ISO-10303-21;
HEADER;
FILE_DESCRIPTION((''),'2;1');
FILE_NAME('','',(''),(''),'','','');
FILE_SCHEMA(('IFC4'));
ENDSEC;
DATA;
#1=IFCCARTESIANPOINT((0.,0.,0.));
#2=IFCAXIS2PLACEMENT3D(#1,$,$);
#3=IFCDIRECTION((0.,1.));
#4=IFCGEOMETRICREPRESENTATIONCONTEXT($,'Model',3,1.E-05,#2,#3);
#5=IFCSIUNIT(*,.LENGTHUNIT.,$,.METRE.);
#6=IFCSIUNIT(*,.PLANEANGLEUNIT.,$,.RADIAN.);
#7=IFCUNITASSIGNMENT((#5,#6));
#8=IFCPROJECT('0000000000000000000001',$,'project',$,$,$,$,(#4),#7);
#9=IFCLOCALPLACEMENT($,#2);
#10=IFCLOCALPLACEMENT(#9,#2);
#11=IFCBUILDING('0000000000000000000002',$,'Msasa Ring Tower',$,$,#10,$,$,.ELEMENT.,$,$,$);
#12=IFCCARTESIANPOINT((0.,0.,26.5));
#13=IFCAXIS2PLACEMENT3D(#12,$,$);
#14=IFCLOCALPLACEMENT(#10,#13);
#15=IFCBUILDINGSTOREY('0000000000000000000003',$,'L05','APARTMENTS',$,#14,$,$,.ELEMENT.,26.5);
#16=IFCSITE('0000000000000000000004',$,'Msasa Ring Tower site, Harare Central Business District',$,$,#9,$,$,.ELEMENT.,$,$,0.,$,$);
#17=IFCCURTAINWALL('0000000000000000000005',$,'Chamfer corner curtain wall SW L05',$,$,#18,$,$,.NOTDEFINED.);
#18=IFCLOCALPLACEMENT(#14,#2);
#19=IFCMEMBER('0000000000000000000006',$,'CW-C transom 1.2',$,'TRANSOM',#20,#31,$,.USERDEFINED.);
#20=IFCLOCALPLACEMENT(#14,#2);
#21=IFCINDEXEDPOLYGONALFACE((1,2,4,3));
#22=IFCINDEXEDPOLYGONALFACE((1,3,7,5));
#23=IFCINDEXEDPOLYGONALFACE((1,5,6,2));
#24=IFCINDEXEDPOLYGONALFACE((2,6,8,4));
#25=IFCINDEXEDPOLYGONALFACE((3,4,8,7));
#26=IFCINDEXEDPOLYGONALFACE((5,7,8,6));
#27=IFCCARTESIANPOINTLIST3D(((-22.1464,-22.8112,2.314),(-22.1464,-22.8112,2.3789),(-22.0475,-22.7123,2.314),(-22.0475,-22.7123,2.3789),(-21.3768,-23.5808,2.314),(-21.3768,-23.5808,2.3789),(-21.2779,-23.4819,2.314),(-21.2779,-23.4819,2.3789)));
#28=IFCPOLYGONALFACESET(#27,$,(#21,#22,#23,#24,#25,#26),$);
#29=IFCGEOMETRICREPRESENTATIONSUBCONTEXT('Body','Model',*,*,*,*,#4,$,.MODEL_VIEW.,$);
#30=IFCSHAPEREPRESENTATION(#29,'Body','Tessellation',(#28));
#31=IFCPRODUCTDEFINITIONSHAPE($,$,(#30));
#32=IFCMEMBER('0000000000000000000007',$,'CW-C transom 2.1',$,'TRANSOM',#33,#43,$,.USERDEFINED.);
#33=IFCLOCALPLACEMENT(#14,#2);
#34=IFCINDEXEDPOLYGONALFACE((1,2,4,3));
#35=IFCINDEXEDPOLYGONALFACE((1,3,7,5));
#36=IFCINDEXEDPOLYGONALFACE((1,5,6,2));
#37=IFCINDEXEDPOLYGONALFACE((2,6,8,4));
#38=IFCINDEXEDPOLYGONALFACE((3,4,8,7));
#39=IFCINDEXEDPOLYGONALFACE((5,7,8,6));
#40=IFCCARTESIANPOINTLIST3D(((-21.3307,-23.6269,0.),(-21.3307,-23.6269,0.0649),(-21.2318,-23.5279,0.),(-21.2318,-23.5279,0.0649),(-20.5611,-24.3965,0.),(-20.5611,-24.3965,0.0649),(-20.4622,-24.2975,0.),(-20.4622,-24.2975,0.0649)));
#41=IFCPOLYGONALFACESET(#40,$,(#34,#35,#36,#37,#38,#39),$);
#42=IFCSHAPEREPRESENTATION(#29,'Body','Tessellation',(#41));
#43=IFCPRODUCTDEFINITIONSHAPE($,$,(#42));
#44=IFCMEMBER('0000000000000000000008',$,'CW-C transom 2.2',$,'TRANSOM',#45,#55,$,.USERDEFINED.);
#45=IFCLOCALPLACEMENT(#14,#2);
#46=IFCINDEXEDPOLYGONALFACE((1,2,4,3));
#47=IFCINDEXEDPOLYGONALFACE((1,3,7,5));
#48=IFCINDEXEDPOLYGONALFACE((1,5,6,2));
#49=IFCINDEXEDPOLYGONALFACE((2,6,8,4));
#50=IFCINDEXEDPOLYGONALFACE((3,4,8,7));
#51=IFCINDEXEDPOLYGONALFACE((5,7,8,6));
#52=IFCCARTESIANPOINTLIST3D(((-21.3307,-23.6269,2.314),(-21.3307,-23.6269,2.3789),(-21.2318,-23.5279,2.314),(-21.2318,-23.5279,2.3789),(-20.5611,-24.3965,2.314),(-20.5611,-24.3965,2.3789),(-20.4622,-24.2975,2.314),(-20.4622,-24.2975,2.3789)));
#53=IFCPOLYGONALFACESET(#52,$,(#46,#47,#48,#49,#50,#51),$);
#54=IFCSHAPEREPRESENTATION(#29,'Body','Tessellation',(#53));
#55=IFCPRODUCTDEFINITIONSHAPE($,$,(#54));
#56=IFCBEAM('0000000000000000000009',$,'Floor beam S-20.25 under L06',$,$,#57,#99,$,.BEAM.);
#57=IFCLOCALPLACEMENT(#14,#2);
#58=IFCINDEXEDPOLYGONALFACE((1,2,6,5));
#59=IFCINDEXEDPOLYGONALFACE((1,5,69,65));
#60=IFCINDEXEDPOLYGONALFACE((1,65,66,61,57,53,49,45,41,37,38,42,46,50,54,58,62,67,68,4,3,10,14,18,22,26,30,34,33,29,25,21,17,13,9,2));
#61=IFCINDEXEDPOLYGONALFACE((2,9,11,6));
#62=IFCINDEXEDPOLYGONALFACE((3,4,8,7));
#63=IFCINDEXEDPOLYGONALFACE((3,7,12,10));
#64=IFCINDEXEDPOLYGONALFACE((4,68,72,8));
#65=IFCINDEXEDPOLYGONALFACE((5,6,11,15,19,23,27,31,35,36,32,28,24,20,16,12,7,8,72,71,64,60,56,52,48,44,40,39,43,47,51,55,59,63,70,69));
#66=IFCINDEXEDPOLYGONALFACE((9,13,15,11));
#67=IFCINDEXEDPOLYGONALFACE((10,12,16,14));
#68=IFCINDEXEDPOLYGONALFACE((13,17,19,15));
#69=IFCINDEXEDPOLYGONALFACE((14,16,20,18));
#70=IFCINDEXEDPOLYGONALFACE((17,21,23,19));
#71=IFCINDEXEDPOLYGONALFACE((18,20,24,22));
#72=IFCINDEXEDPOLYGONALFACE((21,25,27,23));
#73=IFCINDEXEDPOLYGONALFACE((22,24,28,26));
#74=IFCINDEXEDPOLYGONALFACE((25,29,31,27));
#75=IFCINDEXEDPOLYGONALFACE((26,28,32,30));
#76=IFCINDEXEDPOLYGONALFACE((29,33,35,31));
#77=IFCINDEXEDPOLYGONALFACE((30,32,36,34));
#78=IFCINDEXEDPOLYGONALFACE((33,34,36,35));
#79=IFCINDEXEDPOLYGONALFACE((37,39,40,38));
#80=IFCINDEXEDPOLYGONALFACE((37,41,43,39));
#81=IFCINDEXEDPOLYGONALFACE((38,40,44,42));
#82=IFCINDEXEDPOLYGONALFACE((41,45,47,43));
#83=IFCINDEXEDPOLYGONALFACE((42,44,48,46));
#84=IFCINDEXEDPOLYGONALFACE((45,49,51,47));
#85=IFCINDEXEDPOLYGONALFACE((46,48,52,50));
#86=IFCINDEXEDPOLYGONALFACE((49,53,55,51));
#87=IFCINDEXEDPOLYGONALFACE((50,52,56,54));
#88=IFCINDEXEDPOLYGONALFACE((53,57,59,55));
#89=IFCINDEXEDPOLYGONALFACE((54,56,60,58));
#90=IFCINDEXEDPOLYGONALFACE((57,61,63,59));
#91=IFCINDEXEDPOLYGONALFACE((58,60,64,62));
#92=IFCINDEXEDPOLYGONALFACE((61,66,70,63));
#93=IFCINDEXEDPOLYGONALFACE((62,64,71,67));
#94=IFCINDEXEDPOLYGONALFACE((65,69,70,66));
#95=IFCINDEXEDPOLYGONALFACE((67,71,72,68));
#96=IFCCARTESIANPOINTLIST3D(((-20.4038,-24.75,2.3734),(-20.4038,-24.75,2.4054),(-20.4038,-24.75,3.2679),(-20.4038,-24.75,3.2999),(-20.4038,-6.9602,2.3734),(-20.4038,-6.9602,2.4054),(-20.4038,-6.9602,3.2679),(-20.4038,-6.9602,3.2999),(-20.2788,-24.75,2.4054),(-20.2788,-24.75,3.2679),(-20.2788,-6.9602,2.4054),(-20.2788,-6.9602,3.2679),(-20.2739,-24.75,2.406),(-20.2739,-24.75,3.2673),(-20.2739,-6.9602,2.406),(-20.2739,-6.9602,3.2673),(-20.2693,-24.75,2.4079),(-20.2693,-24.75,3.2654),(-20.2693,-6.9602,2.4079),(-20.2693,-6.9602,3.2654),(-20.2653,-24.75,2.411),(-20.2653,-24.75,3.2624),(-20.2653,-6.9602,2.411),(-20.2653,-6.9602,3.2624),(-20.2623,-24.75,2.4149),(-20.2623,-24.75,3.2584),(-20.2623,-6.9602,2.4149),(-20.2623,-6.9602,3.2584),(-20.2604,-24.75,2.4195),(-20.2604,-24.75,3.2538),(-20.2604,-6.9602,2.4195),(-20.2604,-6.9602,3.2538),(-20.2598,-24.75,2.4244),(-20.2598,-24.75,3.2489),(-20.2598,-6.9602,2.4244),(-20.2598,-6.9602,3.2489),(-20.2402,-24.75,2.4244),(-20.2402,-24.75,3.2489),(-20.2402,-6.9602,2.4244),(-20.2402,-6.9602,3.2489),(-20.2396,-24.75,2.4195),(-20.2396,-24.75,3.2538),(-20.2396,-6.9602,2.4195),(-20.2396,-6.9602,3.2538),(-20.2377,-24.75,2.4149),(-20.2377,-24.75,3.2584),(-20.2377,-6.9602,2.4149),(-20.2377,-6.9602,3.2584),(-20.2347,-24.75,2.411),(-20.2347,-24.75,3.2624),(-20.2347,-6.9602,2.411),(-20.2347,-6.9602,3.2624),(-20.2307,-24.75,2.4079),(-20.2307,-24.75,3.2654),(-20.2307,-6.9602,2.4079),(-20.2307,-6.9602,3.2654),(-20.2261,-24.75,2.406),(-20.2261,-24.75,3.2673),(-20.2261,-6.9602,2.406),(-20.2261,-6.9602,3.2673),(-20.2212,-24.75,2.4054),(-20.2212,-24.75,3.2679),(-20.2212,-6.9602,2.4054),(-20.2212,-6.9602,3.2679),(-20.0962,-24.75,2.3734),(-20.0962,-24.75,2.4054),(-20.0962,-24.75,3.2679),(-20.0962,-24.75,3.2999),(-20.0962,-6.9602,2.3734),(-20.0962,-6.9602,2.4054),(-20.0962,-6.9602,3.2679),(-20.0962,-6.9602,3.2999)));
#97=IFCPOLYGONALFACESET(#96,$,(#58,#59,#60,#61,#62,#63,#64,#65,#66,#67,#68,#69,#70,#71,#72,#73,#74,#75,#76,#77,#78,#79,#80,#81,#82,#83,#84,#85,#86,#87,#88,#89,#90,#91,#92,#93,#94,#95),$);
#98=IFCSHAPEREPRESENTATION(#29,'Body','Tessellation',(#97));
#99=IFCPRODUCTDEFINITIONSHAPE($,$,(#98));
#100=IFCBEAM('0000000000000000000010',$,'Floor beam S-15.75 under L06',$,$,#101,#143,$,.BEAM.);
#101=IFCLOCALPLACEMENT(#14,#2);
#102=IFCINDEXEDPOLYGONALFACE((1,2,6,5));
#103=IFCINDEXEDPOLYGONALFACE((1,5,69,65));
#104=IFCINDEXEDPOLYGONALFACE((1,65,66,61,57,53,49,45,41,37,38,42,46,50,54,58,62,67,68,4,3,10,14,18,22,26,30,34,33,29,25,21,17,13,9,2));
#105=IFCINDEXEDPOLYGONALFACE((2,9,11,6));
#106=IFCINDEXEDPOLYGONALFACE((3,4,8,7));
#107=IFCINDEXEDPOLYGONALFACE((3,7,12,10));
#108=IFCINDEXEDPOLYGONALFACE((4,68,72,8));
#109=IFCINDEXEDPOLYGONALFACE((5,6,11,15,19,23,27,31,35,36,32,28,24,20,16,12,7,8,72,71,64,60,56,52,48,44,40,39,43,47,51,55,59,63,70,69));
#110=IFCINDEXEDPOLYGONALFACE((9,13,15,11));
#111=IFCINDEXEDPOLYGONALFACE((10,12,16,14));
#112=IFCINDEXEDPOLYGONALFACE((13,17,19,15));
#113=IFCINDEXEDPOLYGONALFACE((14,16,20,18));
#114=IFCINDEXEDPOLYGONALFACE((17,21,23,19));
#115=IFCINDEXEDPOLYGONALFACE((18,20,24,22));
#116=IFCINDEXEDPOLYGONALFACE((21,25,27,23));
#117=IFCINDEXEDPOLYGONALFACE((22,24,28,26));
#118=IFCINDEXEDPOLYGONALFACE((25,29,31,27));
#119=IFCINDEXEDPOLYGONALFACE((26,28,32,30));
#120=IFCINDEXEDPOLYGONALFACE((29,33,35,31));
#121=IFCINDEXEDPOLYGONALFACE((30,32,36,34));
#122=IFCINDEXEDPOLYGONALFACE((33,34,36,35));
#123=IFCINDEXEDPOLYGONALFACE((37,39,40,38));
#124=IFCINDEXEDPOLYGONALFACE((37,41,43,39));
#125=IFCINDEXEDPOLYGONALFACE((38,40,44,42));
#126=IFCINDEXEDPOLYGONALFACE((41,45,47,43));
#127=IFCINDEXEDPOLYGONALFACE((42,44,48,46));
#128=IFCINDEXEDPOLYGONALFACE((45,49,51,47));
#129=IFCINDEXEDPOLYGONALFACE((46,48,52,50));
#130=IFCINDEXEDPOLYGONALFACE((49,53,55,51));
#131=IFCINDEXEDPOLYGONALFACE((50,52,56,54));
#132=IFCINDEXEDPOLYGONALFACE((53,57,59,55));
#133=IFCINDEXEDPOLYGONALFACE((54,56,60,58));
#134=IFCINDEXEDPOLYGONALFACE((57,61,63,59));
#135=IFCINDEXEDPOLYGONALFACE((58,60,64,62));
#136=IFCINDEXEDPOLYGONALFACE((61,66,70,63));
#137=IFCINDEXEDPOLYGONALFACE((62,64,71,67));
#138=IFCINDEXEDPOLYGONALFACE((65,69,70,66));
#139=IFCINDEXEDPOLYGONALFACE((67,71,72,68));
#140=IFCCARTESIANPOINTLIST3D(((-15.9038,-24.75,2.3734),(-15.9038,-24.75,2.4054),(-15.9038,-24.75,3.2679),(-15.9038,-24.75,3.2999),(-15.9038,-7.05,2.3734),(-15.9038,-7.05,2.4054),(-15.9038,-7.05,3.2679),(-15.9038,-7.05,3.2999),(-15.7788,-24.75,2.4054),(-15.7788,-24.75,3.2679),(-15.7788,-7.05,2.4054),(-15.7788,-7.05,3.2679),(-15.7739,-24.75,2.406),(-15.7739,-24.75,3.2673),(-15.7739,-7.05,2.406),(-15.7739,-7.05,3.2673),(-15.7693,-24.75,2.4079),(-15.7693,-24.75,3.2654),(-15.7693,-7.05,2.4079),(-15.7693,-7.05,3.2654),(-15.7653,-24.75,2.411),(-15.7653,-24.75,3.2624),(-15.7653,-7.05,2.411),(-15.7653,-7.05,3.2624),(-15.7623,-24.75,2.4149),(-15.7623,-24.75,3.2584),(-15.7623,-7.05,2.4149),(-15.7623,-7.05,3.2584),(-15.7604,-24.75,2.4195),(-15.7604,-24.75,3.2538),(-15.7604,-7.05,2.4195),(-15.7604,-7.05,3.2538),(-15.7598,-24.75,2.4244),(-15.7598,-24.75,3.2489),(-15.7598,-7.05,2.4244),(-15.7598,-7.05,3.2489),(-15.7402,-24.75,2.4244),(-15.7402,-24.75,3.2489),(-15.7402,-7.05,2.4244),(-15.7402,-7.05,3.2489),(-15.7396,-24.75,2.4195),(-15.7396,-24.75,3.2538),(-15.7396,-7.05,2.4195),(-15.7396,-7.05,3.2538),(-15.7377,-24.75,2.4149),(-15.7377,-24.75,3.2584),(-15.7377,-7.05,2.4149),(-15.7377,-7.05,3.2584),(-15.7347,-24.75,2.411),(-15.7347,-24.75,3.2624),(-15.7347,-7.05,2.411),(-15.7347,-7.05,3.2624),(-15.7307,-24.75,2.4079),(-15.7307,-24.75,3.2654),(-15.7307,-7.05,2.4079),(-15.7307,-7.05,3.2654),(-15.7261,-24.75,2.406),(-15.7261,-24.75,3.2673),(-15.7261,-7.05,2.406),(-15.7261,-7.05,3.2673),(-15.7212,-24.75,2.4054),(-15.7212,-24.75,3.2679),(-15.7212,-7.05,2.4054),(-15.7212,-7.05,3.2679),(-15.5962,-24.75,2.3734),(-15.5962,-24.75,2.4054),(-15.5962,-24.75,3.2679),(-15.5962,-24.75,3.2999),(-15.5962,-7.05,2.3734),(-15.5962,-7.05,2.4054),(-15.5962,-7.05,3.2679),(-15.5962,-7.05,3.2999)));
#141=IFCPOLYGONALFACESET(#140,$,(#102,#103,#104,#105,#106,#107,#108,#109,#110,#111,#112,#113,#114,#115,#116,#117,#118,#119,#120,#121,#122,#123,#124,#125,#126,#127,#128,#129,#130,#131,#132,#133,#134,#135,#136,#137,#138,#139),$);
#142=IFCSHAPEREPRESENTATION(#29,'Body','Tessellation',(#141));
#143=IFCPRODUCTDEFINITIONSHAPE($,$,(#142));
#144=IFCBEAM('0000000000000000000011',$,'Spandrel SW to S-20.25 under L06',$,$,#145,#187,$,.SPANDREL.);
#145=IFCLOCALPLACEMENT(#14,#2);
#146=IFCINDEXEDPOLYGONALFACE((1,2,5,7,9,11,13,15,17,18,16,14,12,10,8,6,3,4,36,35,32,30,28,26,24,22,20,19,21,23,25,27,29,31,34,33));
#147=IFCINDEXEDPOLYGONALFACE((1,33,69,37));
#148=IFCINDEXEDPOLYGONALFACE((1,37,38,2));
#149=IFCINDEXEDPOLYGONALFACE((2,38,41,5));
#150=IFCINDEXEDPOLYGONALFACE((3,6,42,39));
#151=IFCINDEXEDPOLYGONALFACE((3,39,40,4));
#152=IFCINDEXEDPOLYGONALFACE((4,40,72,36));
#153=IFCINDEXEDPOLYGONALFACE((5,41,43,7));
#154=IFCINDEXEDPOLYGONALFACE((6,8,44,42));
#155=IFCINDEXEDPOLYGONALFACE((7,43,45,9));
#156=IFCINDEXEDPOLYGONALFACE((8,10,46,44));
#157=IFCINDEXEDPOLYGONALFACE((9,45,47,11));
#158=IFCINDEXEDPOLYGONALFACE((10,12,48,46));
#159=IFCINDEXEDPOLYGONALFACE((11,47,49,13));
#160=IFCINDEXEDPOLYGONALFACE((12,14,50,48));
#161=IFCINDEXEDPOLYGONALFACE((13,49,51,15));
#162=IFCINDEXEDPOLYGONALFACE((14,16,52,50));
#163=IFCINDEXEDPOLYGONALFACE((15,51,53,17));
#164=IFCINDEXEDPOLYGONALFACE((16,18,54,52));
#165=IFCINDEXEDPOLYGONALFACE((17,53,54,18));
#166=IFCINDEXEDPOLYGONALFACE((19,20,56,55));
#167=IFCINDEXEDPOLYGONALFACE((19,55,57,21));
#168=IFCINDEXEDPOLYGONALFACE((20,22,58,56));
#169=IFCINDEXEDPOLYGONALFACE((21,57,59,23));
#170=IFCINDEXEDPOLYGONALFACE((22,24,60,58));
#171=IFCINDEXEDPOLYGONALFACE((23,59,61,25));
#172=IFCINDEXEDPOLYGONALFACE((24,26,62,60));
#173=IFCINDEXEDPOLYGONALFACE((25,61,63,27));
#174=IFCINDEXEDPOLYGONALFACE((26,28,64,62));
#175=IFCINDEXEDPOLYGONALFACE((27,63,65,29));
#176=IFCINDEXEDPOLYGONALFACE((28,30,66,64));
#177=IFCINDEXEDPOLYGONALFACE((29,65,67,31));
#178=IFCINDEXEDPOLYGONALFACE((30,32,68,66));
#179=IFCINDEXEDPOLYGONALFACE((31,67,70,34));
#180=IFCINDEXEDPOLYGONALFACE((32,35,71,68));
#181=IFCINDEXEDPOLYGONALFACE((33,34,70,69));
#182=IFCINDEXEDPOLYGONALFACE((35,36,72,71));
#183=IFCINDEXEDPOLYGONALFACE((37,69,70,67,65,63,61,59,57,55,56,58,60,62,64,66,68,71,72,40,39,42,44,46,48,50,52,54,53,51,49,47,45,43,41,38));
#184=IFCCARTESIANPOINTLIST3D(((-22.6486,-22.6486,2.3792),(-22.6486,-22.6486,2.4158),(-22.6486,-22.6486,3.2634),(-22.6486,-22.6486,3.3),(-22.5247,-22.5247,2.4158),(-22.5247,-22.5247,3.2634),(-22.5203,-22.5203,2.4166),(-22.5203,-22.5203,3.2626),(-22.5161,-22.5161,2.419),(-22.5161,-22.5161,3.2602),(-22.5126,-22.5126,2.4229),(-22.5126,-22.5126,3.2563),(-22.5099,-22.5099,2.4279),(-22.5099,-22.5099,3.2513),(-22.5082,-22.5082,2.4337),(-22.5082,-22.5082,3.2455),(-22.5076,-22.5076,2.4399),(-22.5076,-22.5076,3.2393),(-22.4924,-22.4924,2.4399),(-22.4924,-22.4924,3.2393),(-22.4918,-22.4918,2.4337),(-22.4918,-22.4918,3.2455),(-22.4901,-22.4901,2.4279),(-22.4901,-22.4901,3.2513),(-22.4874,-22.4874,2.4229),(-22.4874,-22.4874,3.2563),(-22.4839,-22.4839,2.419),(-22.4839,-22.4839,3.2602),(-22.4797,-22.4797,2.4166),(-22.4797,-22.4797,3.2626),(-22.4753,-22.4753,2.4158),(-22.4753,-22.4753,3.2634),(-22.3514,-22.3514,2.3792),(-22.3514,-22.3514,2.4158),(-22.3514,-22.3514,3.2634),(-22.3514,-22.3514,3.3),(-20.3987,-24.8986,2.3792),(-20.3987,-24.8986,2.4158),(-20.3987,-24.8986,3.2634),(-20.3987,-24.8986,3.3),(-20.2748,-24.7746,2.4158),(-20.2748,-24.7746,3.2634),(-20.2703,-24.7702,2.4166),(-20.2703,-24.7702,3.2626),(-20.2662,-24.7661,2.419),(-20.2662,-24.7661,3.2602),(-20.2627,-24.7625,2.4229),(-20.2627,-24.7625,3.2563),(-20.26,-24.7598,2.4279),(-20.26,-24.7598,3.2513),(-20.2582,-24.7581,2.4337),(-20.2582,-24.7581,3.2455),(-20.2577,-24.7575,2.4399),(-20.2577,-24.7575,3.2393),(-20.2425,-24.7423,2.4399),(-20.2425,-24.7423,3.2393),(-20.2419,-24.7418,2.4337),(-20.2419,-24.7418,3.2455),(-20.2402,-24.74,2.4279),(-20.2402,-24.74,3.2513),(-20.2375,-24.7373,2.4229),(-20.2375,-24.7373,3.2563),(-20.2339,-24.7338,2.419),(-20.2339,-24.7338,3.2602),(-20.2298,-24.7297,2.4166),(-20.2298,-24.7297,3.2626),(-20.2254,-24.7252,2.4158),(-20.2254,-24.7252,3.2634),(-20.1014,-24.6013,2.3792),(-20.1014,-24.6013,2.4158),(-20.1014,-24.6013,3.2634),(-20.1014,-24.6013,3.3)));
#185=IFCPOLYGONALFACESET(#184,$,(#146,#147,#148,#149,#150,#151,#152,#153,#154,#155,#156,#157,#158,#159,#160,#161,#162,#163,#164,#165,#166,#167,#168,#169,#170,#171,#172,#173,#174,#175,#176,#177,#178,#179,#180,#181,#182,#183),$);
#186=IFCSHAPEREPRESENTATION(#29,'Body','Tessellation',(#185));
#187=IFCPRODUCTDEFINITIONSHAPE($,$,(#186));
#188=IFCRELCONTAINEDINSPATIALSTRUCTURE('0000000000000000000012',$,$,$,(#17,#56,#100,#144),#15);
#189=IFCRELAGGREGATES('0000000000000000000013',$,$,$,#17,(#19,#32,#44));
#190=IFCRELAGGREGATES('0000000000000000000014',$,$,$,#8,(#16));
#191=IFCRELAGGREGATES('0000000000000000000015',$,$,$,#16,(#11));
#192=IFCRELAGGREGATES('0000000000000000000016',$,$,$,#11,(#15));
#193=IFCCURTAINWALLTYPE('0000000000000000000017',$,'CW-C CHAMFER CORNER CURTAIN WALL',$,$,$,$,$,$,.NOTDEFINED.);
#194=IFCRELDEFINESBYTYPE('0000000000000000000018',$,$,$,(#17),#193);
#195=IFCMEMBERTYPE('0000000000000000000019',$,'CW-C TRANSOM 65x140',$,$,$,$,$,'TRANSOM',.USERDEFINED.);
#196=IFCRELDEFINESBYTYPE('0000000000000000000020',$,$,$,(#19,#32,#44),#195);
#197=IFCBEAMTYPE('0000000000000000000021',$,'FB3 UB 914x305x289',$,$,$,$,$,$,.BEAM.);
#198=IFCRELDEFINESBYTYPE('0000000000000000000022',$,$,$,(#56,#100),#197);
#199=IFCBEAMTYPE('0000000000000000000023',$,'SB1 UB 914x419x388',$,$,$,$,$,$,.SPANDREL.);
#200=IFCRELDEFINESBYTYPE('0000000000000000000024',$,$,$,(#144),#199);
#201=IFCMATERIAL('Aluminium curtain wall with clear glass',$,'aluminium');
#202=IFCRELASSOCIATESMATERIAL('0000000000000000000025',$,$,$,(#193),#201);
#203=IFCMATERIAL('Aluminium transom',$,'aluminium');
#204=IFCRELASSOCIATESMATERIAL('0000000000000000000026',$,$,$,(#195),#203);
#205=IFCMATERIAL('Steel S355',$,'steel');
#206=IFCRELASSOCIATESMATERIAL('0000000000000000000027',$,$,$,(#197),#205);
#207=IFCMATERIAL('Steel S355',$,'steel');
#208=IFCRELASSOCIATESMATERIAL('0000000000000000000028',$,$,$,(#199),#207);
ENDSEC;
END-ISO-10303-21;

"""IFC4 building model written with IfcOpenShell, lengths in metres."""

from ifc_helpers import new_model, si_unit, direction, frame, origin, origin_2d, place, context, subcontext, project, spatial, rectangle, i_section, extrude, material, material_profile, profile_set, type_object, element, aggregate, save


model = new_model("IFC4")

# Units and contexts
model_context = context("Model", 3, precision=1e-05, world=origin(), true_north=direction((0.0, 1.0)))
body_context = subcontext(model_context, "Body", "Model", "MODEL_VIEW")
ifc_project = project(units=[si_unit("LENGTHUNIT", "METRE"), si_unit("PLANEANGLEUNIT", "RADIAN")], contexts=[model_context])

# Site, building, storey
site_placement = place(None, origin())
site = spatial("IfcSite", under=ifc_project, at=site_placement, Name="Msasa Ring Tower site, Harare Central Business District", CompositionType="ELEMENT", RefElevation=0.0)
building_placement = place(site_placement, origin())
building = spatial("IfcBuilding", under=site, at=building_placement, Name="Msasa Ring Tower", CompositionType="ELEMENT")
storey_placement = place(building_placement, frame((0.0, 0.0, 26.5)))
storey = spatial("IfcBuildingStorey", under=building, at=storey_placement, Name="L05", Description="APARTMENTS", CompositionType="ELEMENT", Elevation=26.5)

# Curtain wall
ifc_material_1 = material(Name="Aluminium curtain wall with clear glass", Category="aluminium")
curtain_wall_type = type_object("IfcCurtainWallType", Name="CW-C CHAMFER CORNER CURTAIN WALL", PredefinedType="NOTDEFINED", material=ifc_material_1)
curtain_wall_1_placement = place(storey_placement, origin())
curtain_wall_1 = element("IfcCurtainWall", 1, at=curtain_wall_1_placement, inside=storey, type_object=curtain_wall_type, Name="Chamfer corner curtain wall SW L05", PredefinedType="NOTDEFINED")

# Members
ifc_material_2 = material(Name="Aluminium transom", Category="aluminium")
ifc_material_profile_1 = material_profile(ifc_material_2, rectangle(XDim=0.1399, YDim=0.0649, at=origin_2d()), Name="AL 65x140")
ifc_profile_set_1 = profile_set([ifc_material_profile_1], Name="Aluminium transom")
member_type_1 = type_object("IfcMemberType", Name="CW-C TRANSOM 65x140", ElementType="TRANSOM", PredefinedType="USERDEFINED", material=ifc_profile_set_1)
member_1_placement = place(storey_placement, frame((-22.0969, -22.7617, 2.3464), z_axis=(0.707107, -0.707107, 0.0), x_axis=(0.707107, 0.707107, 0.0)))
member_1 = element("IfcMember", 2, at=member_1_placement, type_object=member_type_1, Name="CW-C transom 1.2", ObjectType="TRANSOM", PredefinedType="USERDEFINED", context=body_context, shape_type="SweptSolid", body=[
    extrude(rectangle(XDim=0.1399, YDim=0.0649, at=origin_2d()), origin(), (0.0, 0.0, 1.0), 1.0884),
])
member_2_placement = place(storey_placement, frame((-21.2812, -23.5774, 0.0325), z_axis=(0.707107, -0.707107, 0.0), x_axis=(0.707107, 0.707107, 0.0)))
member_2 = element("IfcMember", 3, at=member_2_placement, type_object=member_type_1, Name="CW-C transom 2.1", ObjectType="TRANSOM", PredefinedType="USERDEFINED", context=body_context, shape_type="SweptSolid", body=[
    extrude(rectangle(XDim=0.1399, YDim=0.0649, at=origin_2d()), origin(), (0.0, 0.0, 1.0), 1.0884),
])
member_3_placement = place(storey_placement, frame((-21.2812, -23.5774, 2.3464), z_axis=(0.707107, -0.707107, 0.0), x_axis=(0.707107, 0.707107, 0.0)))
member_3 = element("IfcMember", 4, at=member_3_placement, type_object=member_type_1, Name="CW-C transom 2.2", ObjectType="TRANSOM", PredefinedType="USERDEFINED", context=body_context, shape_type="SweptSolid", body=[
    extrude(rectangle(XDim=0.1399, YDim=0.0649, at=origin_2d()), origin(), (0.0, 0.0, 1.0), 1.0884),
])

# Beams
ifc_material_3 = material(Name="Steel S355", Category="steel")
ifc_material_profile_2 = material_profile(ifc_material_3, i_section(OverallWidth=0.3076, OverallDepth=0.9265, WebThickness=0.0195, FlangeThickness=0.032, FilletRadius=0.019, at=origin_2d()), Name="UB 914x305x289")
ifc_profile_set_2 = profile_set([ifc_material_profile_2], Name="Steel S355")
beam_type_1 = type_object("IfcBeamType", Name="FB3 UB 914x305x289", PredefinedType="BEAM", material=ifc_profile_set_2)
beam_1_placement = place(storey_placement, frame((-20.25, -24.75, 2.8367), z_axis=(0.0, 1.0, 0.0), x_axis=(-1.0, 0.0, 0.0)))
element("IfcBeam", 5, at=beam_1_placement, inside=storey, type_object=beam_type_1, Name="Floor beam S-20.25 under L06", PredefinedType="BEAM", context=body_context, shape_type="SweptSolid", body=[
    extrude(i_section(OverallWidth=0.3076, OverallDepth=0.9265, WebThickness=0.0195, FlangeThickness=0.032, FilletRadius=0.019, at=origin_2d()), origin(), (0.0, 0.0, 1.0), 17.7898),
])
beam_2_placement = place(storey_placement, frame((-15.75, -24.75, 2.8367), z_axis=(0.0, 1.0, 0.0), x_axis=(-1.0, 0.0, 0.0)))
element("IfcBeam", 6, at=beam_2_placement, inside=storey, type_object=beam_type_1, Name="Floor beam S-15.75 under L06", PredefinedType="BEAM", context=body_context, shape_type="SweptSolid", body=[
    extrude(i_section(OverallWidth=0.3076, OverallDepth=0.9265, WebThickness=0.0195, FlangeThickness=0.032, FilletRadius=0.019, at=origin_2d()), origin(), (0.0, 0.0, 1.0), 17.7),
])
ifc_material_4 = material(Name="Steel S355", Category="steel")
ifc_material_profile_3 = material_profile(ifc_material_4, i_section(OverallWidth=0.4204, OverallDepth=0.9209, WebThickness=0.0215, FlangeThickness=0.0366, FilletRadius=0.0242, at=origin_2d()), Name="UB 914x419x388")
ifc_profile_set_3 = profile_set([ifc_material_profile_3], Name="Steel S355")
beam_type_2 = type_object("IfcBeamType", Name="SB1 UB 914x419x388", PredefinedType="SPANDREL", material=ifc_profile_set_3)
beam_3_placement = place(storey_placement, frame((-22.5, -22.5, 2.8396), z_axis=(0.707107, -0.707107, 0.0), x_axis=(0.707107, 0.707107, 0.0)))
element("IfcBeam", 7, at=beam_3_placement, inside=storey, type_object=beam_type_2, Name="Spandrel SW to S-20.25 under L06", PredefinedType="SPANDREL", context=body_context, shape_type="SweptSolid", body=[
    extrude(i_section(OverallWidth=0.4204, OverallDepth=0.9209, WebThickness=0.0215, FlangeThickness=0.0366, FilletRadius=0.0242, at=origin_2d()), origin(), (0.0, 0.0, 1.0), 3.1819),
])

aggregate(curtain_wall_1, [member_1, member_2, member_3])

save(model, "model.ifc")
